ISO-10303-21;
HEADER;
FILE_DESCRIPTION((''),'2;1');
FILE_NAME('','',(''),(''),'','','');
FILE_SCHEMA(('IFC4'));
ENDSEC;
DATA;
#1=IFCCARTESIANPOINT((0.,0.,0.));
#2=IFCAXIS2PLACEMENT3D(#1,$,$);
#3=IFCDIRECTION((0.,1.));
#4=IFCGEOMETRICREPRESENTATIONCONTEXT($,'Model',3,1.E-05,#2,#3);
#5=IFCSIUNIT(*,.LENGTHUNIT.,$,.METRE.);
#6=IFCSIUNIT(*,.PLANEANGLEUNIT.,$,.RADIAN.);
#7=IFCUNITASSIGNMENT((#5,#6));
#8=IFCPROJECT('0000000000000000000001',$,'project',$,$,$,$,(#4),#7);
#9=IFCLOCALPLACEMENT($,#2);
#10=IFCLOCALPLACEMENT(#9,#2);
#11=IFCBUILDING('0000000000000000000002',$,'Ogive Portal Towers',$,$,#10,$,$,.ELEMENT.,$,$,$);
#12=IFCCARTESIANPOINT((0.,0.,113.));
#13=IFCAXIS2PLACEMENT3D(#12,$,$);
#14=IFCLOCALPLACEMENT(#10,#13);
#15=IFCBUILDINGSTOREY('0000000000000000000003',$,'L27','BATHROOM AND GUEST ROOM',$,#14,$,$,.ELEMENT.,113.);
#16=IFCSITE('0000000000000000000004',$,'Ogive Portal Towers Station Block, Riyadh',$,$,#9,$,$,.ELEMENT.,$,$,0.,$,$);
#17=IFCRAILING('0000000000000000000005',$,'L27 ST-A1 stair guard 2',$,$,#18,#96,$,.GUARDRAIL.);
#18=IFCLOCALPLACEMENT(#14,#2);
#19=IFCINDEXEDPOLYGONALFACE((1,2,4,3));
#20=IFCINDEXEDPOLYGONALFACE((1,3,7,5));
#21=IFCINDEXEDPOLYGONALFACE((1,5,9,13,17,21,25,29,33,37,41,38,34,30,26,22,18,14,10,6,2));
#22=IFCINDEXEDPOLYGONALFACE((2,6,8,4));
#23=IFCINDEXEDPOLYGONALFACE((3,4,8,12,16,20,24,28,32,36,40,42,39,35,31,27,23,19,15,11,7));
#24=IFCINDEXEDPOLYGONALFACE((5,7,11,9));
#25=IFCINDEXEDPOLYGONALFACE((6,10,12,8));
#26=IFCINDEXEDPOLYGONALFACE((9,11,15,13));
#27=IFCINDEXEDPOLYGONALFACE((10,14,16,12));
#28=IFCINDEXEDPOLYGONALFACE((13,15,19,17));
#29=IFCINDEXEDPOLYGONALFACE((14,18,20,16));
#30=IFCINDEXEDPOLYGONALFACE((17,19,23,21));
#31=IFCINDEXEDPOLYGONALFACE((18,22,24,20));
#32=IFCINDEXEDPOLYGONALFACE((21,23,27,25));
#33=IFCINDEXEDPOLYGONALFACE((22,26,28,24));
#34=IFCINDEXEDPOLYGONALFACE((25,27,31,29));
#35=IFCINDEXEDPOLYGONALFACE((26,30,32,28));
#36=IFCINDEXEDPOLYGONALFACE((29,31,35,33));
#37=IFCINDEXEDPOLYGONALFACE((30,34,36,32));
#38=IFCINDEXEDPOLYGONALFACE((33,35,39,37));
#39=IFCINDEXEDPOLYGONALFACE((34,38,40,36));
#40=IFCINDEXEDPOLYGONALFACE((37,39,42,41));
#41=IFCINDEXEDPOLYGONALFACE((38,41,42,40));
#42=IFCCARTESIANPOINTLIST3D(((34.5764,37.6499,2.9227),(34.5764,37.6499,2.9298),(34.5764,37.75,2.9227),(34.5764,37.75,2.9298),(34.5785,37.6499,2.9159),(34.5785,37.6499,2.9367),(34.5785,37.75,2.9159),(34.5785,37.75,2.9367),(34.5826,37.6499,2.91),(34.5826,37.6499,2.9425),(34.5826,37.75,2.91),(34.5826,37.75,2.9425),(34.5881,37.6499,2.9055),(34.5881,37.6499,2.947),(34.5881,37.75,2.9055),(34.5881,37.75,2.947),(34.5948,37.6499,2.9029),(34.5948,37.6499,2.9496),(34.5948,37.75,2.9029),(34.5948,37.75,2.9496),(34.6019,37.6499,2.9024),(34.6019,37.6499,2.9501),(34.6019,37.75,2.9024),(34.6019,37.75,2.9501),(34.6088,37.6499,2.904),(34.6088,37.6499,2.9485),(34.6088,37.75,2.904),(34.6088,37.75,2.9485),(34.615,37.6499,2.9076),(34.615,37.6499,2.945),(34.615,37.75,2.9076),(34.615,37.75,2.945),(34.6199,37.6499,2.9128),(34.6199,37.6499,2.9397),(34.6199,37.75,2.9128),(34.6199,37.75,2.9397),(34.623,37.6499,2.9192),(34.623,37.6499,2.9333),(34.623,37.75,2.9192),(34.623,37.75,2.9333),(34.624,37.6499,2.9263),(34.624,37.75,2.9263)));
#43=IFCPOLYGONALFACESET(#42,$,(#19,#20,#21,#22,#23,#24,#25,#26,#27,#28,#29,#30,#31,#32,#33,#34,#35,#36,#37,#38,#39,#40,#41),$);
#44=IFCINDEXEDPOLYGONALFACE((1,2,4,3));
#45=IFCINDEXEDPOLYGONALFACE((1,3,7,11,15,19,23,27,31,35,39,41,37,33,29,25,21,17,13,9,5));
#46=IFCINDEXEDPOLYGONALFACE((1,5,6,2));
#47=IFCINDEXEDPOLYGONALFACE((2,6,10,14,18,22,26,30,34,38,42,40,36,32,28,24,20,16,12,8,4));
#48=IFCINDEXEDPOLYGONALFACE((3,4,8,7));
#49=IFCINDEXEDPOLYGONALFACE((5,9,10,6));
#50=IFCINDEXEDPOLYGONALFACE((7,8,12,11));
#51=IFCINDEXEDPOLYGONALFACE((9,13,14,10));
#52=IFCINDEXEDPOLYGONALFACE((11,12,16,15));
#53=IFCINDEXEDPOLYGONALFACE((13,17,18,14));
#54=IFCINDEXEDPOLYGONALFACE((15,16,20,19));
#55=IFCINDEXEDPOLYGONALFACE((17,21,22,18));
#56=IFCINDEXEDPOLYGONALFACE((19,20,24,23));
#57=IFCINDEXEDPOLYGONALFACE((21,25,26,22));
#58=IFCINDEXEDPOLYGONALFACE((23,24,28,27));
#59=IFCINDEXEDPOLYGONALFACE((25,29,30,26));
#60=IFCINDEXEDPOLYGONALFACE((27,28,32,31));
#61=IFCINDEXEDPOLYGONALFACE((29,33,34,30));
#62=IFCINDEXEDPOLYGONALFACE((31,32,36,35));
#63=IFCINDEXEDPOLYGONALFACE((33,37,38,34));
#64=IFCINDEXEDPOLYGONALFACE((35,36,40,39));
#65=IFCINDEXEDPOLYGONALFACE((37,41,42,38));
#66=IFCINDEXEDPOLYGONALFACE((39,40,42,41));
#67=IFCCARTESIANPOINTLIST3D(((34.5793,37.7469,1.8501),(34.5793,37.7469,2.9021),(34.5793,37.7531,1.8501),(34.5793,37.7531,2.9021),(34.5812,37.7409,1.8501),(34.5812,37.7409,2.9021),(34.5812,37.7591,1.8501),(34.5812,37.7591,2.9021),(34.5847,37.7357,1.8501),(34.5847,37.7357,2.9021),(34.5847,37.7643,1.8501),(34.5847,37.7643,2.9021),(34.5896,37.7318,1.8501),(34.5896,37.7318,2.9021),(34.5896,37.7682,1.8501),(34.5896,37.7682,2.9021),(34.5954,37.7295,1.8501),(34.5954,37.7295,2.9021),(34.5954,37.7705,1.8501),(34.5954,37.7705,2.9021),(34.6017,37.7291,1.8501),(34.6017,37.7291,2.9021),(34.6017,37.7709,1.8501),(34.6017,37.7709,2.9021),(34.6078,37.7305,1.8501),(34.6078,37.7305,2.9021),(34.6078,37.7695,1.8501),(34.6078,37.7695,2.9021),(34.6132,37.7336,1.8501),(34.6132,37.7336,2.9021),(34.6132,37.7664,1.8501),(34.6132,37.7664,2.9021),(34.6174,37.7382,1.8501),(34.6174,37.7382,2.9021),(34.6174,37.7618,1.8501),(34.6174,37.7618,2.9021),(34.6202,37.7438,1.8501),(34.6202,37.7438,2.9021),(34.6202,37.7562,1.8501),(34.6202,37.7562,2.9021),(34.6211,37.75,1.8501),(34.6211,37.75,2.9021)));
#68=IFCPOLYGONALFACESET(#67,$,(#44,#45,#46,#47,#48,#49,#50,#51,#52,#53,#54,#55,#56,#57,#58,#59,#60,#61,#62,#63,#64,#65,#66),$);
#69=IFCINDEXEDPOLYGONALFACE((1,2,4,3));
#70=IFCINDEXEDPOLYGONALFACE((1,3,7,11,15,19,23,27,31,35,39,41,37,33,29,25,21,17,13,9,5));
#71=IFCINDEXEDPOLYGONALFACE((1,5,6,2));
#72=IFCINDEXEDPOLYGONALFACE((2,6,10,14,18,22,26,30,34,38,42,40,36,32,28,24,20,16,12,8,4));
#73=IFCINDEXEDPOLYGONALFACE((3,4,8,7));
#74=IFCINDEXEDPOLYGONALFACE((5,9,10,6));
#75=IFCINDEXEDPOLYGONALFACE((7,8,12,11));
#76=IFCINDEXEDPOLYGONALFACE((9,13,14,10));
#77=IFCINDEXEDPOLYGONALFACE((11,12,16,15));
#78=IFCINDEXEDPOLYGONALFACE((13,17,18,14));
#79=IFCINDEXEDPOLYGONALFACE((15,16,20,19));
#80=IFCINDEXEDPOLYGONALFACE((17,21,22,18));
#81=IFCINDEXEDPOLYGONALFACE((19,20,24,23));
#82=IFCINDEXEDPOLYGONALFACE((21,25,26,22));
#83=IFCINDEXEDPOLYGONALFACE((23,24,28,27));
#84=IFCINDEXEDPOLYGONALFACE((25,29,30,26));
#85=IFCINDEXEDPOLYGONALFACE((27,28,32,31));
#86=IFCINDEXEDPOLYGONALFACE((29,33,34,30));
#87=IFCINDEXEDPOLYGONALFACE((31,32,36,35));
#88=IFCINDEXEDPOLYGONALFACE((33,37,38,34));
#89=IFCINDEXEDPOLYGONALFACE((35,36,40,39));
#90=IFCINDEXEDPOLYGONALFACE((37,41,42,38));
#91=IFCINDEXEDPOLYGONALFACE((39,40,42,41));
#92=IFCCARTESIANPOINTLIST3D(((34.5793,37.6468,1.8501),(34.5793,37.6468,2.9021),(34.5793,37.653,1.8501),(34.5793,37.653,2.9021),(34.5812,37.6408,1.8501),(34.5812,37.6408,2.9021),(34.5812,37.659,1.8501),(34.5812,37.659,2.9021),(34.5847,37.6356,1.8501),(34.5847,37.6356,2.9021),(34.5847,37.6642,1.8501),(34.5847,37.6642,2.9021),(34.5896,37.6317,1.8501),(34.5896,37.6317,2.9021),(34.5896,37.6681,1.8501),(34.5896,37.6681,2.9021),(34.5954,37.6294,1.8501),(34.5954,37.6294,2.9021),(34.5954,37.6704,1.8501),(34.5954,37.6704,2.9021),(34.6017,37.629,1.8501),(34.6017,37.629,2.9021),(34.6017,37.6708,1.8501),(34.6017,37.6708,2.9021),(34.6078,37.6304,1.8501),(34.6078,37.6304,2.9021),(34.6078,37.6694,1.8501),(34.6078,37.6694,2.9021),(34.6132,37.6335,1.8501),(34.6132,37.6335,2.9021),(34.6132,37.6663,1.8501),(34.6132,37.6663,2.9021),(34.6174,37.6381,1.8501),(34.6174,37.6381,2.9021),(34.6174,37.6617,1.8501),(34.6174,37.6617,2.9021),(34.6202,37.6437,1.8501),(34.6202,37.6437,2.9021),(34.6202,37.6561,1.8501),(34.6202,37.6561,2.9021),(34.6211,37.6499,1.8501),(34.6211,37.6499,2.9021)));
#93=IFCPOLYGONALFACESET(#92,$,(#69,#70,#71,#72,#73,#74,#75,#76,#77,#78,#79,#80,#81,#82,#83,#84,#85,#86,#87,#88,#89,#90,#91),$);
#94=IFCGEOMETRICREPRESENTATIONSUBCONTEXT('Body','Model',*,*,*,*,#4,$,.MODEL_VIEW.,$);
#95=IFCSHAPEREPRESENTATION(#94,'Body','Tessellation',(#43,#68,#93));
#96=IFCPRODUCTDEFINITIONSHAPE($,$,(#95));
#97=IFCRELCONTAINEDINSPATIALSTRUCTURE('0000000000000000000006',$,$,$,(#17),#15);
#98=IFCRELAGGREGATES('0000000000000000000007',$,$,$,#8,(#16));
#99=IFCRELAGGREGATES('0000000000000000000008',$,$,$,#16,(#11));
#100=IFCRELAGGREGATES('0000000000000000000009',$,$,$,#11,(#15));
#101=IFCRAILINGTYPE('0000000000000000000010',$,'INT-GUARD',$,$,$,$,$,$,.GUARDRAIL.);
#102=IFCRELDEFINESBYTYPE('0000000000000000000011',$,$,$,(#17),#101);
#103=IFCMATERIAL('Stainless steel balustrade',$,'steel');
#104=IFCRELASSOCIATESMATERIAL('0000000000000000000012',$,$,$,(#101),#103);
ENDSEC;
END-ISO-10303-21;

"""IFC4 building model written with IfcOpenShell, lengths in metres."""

from ifc_helpers import new_model, si_unit, direction, frame, origin, origin_2d, place, context, subcontext, project, spatial, circle, extrude, material, type_object, element, save


model = new_model("IFC4")

# Units and contexts
model_context = context("Model", 3, precision=1e-05, world=origin(), true_north=direction((0.0, 1.0)))
body_context = subcontext(model_context, "Body", "Model", "MODEL_VIEW")
ifc_project = project(units=[si_unit("LENGTHUNIT", "METRE"), si_unit("PLANEANGLEUNIT", "RADIAN")], contexts=[model_context])

# Site, building, storey
site_placement = place(None, origin())
site = spatial("IfcSite", under=ifc_project, at=site_placement, Name="Ogive Portal Towers Station Block, Riyadh", CompositionType="ELEMENT", RefElevation=0.0)
building_placement = place(site_placement, origin())
building = spatial("IfcBuilding", under=site, at=building_placement, Name="Ogive Portal Towers", CompositionType="ELEMENT")
storey_placement = place(building_placement, frame((0.0, 0.0, 113.0)))
storey = spatial("IfcBuildingStorey", under=building, at=storey_placement, Name="L27", Description="BATHROOM AND GUEST ROOM", CompositionType="ELEMENT", Elevation=113.0)

# Railing
ifc_material_1 = material(Name="Stainless steel balustrade", Category="steel")
railing_type_1 = type_object("IfcRailingType", Name="INT-GUARD", PredefinedType="GUARDRAIL", material=ifc_material_1)
railing_1_placement = place(storey_placement, frame((34.6001, 37.75, 1.8501)))
element("IfcRailing", 1, at=railing_1_placement, inside=storey, type_object=railing_type_1, Name="L27 ST-A1 stair guard 2", PredefinedType="GUARDRAIL", context=body_context, shape_type="SweptSolid", body=[
    extrude(circle(Radius=0.0239, at=origin_2d()), frame((0.0, 0.0, 1.0762), z_axis=(0.0, -1.0, 0.0), x_axis=(1.0, 0.0, 0.0)), (0.0, 0.0, 1.0), 0.1001),
    extrude(circle(Radius=0.021, at=origin_2d()), origin(), (0.0, 0.0, 1.0), 1.052),
    extrude(circle(Radius=0.021, at=origin_2d()), frame((0.0, -0.1001, 0.0)), (0.0, 0.0, 1.0), 1.052),
])

save(model, "model.ifc")
